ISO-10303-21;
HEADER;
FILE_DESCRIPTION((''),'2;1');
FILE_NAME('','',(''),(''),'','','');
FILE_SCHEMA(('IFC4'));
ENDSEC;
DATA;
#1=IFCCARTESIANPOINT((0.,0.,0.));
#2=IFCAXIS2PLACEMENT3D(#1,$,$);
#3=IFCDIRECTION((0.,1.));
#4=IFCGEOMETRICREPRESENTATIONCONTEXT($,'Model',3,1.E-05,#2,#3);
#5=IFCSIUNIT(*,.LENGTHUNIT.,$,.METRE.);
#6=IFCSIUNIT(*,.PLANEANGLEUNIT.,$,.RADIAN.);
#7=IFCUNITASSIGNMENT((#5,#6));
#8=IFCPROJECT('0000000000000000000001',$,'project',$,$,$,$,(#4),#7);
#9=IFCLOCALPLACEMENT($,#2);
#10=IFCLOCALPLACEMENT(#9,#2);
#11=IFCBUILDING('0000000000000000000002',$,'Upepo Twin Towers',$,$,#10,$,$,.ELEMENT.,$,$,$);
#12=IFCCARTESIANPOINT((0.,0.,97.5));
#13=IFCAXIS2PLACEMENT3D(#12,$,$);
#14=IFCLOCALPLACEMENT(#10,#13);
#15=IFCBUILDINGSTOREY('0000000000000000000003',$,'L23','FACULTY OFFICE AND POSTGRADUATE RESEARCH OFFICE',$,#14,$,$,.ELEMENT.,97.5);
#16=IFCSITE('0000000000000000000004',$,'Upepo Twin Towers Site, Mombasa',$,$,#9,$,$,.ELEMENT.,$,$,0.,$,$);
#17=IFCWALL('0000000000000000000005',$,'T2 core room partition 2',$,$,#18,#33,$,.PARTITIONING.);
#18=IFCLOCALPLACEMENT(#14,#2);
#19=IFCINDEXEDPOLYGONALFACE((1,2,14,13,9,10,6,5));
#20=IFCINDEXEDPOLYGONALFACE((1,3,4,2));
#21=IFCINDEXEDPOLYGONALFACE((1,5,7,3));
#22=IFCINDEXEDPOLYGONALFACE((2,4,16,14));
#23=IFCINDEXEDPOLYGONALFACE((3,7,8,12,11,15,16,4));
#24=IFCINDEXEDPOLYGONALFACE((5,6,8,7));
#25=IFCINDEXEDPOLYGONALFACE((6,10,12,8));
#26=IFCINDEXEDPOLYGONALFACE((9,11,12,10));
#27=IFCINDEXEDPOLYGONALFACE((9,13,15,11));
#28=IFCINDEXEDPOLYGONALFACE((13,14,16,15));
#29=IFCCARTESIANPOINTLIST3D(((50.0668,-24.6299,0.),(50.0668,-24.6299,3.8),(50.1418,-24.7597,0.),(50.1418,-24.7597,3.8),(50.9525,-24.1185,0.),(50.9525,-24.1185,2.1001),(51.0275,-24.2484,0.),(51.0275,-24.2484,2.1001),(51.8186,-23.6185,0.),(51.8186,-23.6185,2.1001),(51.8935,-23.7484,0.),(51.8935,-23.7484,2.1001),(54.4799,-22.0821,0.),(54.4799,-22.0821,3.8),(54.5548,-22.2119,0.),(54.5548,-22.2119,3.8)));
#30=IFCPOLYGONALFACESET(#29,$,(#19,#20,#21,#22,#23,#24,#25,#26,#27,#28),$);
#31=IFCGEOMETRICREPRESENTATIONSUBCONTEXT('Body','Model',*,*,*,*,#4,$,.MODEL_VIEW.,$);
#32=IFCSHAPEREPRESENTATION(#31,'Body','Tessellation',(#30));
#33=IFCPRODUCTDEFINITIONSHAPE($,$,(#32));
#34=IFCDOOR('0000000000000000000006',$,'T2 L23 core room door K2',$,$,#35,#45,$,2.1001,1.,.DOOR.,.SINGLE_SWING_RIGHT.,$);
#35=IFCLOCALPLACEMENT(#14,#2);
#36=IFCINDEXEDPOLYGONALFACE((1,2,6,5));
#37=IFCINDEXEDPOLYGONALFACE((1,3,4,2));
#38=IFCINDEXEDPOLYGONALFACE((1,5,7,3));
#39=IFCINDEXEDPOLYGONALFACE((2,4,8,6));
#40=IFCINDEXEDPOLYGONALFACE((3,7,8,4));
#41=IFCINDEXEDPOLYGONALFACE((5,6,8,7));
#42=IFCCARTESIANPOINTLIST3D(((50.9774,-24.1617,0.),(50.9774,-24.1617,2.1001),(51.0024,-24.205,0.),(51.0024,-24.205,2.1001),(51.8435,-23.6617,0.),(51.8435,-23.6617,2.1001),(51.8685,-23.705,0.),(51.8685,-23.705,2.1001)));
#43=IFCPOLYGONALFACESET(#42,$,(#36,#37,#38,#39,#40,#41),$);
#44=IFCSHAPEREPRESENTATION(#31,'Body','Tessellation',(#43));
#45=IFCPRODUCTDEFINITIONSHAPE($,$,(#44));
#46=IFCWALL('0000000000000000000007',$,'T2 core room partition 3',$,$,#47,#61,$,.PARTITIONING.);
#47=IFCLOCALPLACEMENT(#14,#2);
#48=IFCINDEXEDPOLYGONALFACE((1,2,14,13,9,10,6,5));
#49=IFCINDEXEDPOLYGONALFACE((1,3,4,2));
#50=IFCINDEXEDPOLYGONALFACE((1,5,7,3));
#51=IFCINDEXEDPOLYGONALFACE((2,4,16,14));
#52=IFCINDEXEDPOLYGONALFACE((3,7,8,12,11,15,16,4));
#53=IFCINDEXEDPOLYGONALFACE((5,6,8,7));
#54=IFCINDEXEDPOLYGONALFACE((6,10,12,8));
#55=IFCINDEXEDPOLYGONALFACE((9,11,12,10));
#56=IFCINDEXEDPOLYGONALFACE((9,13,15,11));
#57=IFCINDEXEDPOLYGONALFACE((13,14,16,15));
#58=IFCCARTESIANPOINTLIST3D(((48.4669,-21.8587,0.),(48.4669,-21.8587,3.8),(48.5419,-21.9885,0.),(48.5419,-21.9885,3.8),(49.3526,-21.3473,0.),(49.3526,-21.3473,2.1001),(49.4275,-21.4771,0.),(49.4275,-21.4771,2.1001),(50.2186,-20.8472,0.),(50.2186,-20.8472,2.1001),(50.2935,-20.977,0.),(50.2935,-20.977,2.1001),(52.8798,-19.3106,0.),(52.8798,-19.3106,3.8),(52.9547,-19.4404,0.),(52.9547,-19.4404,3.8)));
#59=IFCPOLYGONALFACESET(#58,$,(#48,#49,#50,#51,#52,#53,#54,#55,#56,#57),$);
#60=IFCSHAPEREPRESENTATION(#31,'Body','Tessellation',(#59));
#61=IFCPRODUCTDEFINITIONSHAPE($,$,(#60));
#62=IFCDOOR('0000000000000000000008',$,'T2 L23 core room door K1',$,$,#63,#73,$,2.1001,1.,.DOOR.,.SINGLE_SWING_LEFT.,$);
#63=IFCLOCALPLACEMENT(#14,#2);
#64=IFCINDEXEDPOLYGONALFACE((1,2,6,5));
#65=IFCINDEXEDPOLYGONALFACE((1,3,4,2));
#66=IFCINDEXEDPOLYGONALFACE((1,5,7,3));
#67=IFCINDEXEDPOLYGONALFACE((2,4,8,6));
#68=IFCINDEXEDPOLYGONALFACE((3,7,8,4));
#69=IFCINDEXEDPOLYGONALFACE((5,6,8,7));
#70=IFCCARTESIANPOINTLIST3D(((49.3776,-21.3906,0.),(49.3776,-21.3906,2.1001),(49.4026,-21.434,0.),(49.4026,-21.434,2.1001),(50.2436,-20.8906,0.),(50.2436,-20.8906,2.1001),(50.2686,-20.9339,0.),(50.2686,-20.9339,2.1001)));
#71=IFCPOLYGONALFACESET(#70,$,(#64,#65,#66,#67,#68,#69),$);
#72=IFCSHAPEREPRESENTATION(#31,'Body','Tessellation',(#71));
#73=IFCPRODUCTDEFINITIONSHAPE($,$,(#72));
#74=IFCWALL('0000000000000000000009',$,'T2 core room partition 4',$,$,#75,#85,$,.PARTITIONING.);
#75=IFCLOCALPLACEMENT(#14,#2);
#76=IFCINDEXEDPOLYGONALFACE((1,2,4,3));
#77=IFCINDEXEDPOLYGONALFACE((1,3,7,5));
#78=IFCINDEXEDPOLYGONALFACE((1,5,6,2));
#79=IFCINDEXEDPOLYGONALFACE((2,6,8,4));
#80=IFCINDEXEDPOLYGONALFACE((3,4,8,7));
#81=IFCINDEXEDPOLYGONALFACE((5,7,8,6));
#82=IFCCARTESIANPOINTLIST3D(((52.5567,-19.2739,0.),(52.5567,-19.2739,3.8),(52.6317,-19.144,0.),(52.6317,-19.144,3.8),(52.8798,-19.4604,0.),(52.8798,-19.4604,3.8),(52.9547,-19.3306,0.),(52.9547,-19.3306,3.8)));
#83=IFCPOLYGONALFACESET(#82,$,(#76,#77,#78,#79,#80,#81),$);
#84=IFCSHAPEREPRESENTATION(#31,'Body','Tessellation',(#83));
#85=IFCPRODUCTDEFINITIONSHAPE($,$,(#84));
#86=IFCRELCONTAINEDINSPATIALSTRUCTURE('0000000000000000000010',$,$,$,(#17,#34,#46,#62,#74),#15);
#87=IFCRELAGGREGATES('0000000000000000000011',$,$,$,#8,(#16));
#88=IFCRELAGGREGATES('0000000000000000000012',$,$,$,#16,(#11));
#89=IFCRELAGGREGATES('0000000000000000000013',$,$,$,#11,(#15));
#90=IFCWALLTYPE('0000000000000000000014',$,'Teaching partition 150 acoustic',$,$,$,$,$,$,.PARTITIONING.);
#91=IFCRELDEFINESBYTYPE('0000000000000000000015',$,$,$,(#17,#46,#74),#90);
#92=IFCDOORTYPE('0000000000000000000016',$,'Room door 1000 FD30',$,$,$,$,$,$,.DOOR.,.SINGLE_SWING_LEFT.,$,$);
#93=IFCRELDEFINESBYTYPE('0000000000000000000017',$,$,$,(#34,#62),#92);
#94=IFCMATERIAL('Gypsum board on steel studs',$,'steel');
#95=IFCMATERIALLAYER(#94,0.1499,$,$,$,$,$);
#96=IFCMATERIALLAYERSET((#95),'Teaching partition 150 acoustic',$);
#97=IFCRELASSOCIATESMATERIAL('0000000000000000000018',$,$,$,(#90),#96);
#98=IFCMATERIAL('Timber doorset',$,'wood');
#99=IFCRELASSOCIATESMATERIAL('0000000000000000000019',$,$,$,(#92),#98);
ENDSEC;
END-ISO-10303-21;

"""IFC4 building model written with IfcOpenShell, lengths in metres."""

from ifc_helpers import new_model, si_unit, direction, frame, frame_2d, origin, place, context, subcontext, project, spatial, rectangle, extrude, material, layer, layer_set, type_object, element, fill, save


model = new_model("IFC4")

# Units and contexts
model_context = context("Model", 3, precision=1e-05, world=origin(), true_north=direction((0.0, 1.0)))
body_context = subcontext(model_context, "Body", "Model", "MODEL_VIEW")
ifc_project = project(units=[si_unit("LENGTHUNIT", "METRE"), si_unit("PLANEANGLEUNIT", "RADIAN")], contexts=[model_context])

# Site, building, storey
site_placement = place(None, origin())
site = spatial("IfcSite", under=ifc_project, at=site_placement, Name="Upepo Twin Towers Site, Mombasa", CompositionType="ELEMENT", RefElevation=0.0)
building_placement = place(site_placement, origin())
building = spatial("IfcBuilding", under=site, at=building_placement, Name="Upepo Twin Towers", CompositionType="ELEMENT")
storey_placement = place(building_placement, frame((0.0, 0.0, 97.5)))
storey = spatial("IfcBuildingStorey", under=building, at=storey_placement, Name="L23", Description="FACULTY OFFICE AND POSTGRADUATE RESEARCH OFFICE", CompositionType="ELEMENT", Elevation=97.5)

# Walls, openings, doors
ifc_material_1 = material(Name="Gypsum board on steel studs", Category="steel")
ifc_layer_1 = layer(ifc_material_1, 0.1499)
ifc_layer_set_1 = layer_set([ifc_layer_1], Name="Teaching partition 150 acoustic")
wall_type_1 = type_object("IfcWallType", Name="Teaching partition 150 acoustic", PredefinedType="PARTITIONING", material=ifc_layer_set_1)
wall_1_placement = place(storey_placement, frame((54.5173, -22.147, 0.0), z_axis=(0.0, 0.0, 1.0), x_axis=(-0.866029, -0.499993, 0.0)))
wall_1 = element("IfcWall", 1, at=wall_1_placement, inside=storey, type_object=wall_type_1, Name="T2 core room partition 2", PredefinedType="PARTITIONING", context=body_context, shape_type="SweptSolid", body=[
    extrude(rectangle(XDim=5.0957, YDim=0.1499, at=frame_2d((2.5479, 0.0))), origin(), (0.0, 0.0, 1.0), 3.8),
])
opening_1_placement = place(wall_1_placement, frame((3.073, 0.0, 0.0)))
opening_1 = element("IfcOpeningElement", 2, at=opening_1_placement, cuts=wall_1, PredefinedType="OPENING", context=body_context, shape_type="SweptSolid", body=[
    extrude(rectangle(XDim=1.0, YDim=2.1001, at=frame_2d((0.5, 1.05))), frame((0.0, 0.085, 0.0), z_axis=(0.0, -1.0, 0.0), x_axis=(1.0, 0.0, 0.0)), (0.0, 0.0, 1.0), 0.1699),
])
ifc_material_2 = material(Name="Timber doorset", Category="wood")
door_type_1 = type_object("IfcDoorType", Name="Room door 1000 FD30", OperationType="SINGLE_SWING_LEFT", PredefinedType="DOOR", material=ifc_material_2)
door_1_placement = place(opening_1_placement, origin())
door_1 = element("IfcDoor", 3, at=door_1_placement, inside=storey, type_object=door_type_1, Name="T2 L23 core room door K2", OperationType="SINGLE_SWING_RIGHT", OverallHeight=2.1001, OverallWidth=1.0, PredefinedType="DOOR", context=body_context, shape_type="SweptSolid", body=[
    extrude(rectangle(XDim=1.0, YDim=2.1001, at=frame_2d((0.5, 1.05))), frame((0.0, 0.0249, 0.0), z_axis=(0.0, -1.0, 0.0), x_axis=(1.0, 0.0, 0.0)), (0.0, 0.0, 1.0), 0.05),
])
fill(opening_1, door_1)
wall_2_placement = place(storey_placement, frame((48.5044, -21.9236, 0.0), z_axis=(0.0, 0.0, 1.0), x_axis=(0.865996, 0.50005, 0.0)))
wall_2 = element("IfcWall", 4, at=wall_2_placement, inside=storey, type_object=wall_type_1, Name="T2 core room partition 3", PredefinedType="PARTITIONING", context=body_context, shape_type="SweptSolid", body=[
    extrude(rectangle(XDim=5.0957, YDim=0.1499, at=frame_2d((2.5479, 0.0))), origin(), (0.0, 0.0, 1.0), 3.8),
])
opening_2_placement = place(wall_2_placement, frame((1.0227, 0.0, 0.0)))
opening_2 = element("IfcOpeningElement", 5, at=opening_2_placement, cuts=wall_2, PredefinedType="OPENING", context=body_context, shape_type="SweptSolid", body=[
    extrude(rectangle(XDim=1.0, YDim=2.1001, at=frame_2d((0.5, 1.05))), frame((0.0, 0.085, 0.0), z_axis=(0.0, -1.0, 0.0), x_axis=(1.0, 0.0, 0.0)), (0.0, 0.0, 1.0), 0.1699),
])
door_2_placement = place(opening_2_placement, origin())
door_2 = element("IfcDoor", 6, at=door_2_placement, inside=storey, type_object=door_type_1, Name="T2 L23 core room door K1", OperationType="SINGLE_SWING_LEFT", OverallHeight=2.1001, OverallWidth=1.0, PredefinedType="DOOR", context=body_context, shape_type="SweptSolid", body=[
    extrude(rectangle(XDim=1.0, YDim=2.1001, at=frame_2d((0.5, 1.05))), frame((0.0, 0.0249, 0.0), z_axis=(0.0, -1.0, 0.0), x_axis=(1.0, 0.0, 0.0)), (0.0, 0.0, 1.0), 0.05),
])
fill(opening_2, door_2)

# Wall
wall_3_placement = place(storey_placement, frame((52.9172, -19.3955, 0.0), z_axis=(0.0, 0.0, 1.0), x_axis=(-0.865978, 0.500081, 0.0)))
element("IfcWall", 7, at=wall_3_placement, inside=storey, type_object=wall_type_1, Name="T2 core room partition 4", PredefinedType="PARTITIONING", context=body_context, shape_type="SweptSolid", body=[
    extrude(rectangle(XDim=0.373, YDim=0.1499, at=frame_2d((0.1865, 0.0))), origin(), (0.0, 0.0, 1.0), 3.8),
])

save(model, "model.ifc")
